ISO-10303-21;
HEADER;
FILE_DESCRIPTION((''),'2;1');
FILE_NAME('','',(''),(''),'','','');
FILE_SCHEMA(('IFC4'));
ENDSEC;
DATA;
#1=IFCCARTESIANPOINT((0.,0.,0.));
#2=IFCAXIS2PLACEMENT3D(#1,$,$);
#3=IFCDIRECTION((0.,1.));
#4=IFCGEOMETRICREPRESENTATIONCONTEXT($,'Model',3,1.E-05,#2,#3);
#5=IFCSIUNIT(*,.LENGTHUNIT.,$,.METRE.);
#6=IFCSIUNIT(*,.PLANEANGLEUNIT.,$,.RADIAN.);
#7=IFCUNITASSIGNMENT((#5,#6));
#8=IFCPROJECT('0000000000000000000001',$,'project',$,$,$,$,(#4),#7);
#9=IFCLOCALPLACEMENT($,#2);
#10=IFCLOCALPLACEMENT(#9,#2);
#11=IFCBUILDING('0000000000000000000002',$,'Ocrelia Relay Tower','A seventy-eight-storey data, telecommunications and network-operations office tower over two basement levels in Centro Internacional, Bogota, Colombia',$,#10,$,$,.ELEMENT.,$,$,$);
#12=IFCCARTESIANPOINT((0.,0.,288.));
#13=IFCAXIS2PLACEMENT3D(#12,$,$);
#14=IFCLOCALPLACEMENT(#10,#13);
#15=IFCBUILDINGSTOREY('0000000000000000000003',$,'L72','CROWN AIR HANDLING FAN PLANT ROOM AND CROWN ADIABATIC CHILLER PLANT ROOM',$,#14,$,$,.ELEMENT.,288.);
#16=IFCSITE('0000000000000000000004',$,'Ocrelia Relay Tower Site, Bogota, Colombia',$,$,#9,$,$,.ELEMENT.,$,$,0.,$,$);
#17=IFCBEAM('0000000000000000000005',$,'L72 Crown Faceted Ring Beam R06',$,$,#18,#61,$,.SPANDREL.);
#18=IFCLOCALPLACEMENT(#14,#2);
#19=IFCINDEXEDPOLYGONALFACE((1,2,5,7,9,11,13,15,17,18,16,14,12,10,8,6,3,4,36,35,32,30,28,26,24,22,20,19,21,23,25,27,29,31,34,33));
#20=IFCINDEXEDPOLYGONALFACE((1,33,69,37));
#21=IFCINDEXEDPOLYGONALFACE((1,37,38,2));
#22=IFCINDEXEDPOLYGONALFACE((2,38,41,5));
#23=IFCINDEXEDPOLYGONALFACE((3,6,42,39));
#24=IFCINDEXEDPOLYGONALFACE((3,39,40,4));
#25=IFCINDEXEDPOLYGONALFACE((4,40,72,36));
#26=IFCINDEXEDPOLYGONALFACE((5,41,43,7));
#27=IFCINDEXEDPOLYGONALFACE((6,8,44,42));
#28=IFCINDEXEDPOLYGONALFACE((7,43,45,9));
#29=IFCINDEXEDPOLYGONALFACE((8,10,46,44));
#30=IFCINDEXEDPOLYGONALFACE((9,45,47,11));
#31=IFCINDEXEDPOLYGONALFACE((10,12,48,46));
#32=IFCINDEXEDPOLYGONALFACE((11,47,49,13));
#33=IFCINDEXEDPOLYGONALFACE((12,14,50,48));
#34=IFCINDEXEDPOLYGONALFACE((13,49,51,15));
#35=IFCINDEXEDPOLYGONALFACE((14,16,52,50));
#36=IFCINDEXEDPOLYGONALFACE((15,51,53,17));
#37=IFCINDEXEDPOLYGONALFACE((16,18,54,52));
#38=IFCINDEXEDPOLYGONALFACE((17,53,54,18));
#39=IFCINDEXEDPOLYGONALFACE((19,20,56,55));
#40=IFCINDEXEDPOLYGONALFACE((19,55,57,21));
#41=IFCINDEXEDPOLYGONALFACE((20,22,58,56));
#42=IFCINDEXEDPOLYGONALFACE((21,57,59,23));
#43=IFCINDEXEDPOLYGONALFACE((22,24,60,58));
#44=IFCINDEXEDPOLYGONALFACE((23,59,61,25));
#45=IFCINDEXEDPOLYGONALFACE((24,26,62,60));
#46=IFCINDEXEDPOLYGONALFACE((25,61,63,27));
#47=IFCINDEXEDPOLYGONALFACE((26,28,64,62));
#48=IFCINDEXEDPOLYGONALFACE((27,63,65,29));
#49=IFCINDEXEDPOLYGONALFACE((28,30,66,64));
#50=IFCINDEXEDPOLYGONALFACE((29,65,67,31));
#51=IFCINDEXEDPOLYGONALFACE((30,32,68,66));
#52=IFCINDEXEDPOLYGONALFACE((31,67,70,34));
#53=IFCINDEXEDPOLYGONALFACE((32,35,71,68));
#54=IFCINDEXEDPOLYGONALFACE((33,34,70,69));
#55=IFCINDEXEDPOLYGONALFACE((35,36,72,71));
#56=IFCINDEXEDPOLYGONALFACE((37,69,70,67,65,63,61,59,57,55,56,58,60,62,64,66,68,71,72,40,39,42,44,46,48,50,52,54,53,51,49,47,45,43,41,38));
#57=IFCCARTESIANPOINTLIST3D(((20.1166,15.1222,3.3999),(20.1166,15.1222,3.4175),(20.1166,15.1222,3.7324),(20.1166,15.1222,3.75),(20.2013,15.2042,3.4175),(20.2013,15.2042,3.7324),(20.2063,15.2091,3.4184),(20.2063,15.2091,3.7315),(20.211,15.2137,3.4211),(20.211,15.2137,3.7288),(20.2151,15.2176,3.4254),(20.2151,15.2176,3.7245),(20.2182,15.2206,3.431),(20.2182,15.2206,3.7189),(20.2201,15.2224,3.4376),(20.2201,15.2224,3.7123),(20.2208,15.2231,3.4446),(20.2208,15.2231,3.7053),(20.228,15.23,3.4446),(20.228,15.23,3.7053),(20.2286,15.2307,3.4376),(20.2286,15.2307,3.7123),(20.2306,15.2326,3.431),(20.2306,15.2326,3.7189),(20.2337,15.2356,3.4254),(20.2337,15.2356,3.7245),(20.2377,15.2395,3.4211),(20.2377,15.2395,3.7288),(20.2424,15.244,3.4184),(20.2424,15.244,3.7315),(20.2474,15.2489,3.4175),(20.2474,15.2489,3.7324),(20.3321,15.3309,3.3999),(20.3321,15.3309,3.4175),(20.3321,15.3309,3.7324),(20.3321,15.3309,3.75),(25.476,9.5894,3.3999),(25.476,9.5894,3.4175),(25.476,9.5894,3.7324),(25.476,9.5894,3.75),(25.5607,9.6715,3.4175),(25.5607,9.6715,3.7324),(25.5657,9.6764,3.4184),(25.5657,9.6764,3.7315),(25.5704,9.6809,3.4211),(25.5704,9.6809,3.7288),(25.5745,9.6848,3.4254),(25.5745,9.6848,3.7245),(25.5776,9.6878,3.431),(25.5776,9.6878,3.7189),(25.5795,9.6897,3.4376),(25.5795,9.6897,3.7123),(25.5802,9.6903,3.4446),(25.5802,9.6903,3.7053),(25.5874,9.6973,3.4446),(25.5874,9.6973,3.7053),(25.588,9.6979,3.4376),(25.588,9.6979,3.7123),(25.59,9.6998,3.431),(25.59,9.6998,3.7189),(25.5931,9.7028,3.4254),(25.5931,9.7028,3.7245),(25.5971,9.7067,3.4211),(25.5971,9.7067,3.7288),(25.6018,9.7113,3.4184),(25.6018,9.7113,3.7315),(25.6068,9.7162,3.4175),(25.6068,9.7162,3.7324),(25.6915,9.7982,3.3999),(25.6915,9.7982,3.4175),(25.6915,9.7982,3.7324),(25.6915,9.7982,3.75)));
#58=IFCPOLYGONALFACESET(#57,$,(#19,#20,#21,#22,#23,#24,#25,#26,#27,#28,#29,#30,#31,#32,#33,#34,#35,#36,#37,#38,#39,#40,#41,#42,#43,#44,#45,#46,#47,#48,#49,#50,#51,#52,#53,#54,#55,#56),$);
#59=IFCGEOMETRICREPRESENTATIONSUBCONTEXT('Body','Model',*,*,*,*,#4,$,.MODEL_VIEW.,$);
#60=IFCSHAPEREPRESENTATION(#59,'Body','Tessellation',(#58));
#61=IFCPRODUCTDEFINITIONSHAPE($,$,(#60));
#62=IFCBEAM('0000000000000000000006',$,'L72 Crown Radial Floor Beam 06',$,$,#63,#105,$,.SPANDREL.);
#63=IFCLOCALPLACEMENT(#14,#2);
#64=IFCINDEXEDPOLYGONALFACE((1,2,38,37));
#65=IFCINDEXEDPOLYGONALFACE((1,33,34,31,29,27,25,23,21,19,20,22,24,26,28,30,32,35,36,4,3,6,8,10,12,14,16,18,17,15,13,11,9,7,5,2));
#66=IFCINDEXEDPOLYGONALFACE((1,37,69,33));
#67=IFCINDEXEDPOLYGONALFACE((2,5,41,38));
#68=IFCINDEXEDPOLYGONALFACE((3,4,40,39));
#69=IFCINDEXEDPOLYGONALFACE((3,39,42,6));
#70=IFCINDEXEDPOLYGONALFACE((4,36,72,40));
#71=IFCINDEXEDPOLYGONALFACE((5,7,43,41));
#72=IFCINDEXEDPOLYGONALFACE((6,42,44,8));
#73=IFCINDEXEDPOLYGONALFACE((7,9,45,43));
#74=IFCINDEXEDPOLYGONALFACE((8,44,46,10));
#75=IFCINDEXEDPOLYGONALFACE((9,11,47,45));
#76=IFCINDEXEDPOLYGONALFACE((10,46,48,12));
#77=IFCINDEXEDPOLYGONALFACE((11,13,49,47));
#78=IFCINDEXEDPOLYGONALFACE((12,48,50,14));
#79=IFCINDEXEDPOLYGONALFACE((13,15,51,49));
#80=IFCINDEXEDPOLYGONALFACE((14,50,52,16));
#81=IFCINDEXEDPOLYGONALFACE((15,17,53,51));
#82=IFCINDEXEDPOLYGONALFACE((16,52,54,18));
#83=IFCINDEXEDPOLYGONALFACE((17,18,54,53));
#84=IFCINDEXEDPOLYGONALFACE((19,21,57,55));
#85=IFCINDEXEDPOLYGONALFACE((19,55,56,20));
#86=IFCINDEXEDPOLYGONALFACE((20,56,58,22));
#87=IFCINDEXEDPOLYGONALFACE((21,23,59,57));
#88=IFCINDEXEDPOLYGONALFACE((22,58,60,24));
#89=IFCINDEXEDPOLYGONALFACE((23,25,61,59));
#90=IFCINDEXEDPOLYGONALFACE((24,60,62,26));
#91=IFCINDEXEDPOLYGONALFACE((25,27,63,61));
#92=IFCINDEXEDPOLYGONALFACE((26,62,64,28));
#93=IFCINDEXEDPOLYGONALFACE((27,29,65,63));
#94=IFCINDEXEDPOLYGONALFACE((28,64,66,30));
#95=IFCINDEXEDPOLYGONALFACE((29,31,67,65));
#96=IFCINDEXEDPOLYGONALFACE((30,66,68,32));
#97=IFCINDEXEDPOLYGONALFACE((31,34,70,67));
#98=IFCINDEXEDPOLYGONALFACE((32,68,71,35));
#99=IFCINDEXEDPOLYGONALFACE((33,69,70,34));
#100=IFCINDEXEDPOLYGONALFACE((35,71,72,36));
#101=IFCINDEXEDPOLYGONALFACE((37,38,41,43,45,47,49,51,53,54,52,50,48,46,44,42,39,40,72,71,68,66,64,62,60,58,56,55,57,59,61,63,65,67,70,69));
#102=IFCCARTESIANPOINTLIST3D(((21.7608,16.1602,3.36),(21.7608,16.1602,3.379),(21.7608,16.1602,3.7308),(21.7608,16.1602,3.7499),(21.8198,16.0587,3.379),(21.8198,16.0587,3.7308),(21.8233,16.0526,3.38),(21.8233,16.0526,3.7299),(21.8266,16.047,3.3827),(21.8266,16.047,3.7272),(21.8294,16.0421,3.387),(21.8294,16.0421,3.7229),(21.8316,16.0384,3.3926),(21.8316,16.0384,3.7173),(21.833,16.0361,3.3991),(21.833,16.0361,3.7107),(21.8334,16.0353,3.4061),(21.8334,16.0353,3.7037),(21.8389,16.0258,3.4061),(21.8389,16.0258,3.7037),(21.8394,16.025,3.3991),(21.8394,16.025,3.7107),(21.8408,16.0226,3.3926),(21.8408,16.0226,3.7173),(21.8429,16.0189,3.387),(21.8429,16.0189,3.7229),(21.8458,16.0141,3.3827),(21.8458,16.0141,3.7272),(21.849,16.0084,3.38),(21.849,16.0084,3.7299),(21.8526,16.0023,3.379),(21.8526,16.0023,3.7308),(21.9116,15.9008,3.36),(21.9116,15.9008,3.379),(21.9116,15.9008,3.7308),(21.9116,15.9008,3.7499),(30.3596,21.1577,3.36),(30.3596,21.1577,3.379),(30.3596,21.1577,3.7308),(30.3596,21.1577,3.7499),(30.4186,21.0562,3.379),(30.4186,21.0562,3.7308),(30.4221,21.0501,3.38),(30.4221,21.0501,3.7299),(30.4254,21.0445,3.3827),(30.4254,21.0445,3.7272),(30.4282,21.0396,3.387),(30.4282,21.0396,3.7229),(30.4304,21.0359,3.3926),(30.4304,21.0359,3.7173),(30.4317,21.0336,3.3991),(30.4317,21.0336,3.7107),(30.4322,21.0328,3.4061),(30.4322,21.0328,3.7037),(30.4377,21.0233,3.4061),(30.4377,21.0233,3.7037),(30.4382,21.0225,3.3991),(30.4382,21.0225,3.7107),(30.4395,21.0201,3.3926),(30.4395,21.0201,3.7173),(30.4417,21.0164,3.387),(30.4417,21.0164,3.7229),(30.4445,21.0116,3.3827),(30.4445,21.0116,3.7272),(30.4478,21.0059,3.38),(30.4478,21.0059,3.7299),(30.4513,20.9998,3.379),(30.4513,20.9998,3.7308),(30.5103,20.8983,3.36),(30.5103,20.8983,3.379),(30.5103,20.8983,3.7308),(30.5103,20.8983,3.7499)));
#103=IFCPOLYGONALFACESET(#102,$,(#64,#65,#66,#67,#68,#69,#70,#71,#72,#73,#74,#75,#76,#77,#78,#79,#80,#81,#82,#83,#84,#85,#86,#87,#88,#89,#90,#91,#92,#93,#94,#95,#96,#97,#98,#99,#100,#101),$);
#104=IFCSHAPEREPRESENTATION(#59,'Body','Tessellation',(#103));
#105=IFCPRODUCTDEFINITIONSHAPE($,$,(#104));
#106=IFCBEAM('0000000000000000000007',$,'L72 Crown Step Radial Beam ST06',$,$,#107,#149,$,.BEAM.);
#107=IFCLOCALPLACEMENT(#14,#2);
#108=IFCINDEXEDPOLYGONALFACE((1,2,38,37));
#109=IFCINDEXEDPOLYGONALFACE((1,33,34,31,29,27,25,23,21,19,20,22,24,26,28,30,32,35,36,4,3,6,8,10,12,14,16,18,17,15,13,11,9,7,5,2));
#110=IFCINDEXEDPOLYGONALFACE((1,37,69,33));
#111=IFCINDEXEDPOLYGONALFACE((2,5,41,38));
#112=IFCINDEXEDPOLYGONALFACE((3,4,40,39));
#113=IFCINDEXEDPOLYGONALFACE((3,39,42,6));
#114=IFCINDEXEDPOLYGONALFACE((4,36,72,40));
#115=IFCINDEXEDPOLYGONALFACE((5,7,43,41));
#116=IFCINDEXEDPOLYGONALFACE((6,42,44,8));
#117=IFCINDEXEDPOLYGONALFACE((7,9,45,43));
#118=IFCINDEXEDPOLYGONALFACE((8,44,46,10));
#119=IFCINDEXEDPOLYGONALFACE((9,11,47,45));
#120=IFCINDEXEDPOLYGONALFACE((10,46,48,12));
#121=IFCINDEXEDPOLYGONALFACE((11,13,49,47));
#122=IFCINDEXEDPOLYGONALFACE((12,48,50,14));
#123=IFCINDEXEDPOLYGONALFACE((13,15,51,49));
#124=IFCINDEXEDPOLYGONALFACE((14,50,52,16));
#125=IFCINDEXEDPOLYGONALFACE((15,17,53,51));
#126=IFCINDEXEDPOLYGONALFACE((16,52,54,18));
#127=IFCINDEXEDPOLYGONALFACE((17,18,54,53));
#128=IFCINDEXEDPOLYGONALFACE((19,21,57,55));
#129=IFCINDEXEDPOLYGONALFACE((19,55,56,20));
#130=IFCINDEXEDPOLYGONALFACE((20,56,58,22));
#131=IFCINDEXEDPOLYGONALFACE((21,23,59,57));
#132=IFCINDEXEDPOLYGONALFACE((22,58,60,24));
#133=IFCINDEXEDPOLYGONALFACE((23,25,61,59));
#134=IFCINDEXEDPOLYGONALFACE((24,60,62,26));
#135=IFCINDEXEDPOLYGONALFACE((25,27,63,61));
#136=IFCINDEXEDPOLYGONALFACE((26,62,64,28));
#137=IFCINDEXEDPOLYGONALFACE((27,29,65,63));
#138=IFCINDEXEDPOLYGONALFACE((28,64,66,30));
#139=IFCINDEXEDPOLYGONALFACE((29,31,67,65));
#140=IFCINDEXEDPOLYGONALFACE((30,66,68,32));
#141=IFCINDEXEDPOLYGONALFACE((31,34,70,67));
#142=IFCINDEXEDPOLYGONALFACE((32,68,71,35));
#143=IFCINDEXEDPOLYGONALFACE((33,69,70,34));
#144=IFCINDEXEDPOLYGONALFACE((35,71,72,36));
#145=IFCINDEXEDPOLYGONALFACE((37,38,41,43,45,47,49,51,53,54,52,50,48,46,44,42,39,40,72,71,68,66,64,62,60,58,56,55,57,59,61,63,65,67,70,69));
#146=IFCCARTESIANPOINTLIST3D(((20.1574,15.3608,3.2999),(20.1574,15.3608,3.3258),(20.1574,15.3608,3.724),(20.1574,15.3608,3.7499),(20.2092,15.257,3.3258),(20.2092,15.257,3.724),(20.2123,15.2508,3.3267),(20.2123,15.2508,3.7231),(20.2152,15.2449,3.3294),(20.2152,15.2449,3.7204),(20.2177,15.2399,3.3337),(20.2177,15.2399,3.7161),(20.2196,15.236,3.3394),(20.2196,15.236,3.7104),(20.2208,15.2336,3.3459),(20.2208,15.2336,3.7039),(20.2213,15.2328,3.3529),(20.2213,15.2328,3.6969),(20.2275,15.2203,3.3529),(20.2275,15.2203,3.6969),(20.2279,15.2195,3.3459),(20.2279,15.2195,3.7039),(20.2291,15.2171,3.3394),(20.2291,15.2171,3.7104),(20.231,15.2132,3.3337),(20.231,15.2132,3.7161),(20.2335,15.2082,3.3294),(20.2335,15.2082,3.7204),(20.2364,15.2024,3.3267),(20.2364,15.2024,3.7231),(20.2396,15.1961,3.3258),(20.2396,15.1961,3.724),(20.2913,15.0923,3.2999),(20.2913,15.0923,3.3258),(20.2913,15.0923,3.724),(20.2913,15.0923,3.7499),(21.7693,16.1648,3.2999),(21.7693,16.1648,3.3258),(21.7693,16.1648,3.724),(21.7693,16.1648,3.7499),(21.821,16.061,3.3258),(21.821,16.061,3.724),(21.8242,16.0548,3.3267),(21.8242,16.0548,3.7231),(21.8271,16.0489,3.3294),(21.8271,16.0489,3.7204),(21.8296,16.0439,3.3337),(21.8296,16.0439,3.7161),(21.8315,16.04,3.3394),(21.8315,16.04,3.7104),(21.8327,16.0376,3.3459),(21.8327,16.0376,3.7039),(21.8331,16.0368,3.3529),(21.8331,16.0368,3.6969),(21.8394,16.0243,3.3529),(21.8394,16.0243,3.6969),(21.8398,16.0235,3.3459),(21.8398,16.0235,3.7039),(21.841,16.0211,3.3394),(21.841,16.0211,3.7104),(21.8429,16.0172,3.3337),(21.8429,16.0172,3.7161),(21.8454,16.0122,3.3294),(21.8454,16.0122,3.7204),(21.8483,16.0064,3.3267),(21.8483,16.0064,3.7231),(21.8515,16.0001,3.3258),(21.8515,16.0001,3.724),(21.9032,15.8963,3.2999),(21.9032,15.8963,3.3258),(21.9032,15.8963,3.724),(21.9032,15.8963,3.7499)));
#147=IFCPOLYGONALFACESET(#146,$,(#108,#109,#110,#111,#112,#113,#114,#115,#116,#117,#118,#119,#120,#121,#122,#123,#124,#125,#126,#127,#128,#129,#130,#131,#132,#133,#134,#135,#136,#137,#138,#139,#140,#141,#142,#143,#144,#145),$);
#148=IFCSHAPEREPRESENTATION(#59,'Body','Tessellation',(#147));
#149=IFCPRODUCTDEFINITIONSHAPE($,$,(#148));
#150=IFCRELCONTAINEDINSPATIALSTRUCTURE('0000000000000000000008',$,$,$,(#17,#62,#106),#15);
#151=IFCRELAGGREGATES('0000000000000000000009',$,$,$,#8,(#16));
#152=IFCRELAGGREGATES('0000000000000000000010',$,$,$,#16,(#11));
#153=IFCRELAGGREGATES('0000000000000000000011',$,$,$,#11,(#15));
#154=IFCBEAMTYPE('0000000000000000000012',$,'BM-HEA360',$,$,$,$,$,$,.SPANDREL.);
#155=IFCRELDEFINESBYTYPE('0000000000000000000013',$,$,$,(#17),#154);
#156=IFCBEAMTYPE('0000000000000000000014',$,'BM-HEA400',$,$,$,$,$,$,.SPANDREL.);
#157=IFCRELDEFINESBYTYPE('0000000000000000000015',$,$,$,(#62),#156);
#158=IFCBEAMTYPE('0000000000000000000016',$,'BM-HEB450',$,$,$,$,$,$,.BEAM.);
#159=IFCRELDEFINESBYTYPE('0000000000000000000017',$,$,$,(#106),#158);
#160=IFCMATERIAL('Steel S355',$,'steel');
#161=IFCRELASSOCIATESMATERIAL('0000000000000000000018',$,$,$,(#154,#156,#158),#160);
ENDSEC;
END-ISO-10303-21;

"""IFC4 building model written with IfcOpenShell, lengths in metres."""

from ifc_helpers import new_model, si_unit, direction, frame, origin, origin_2d, place, context, subcontext, project, spatial, i_section, extrude, material, material_profile, profile_set, type_object, element, save


model = new_model("IFC4")

# Units and contexts
model_context = context("Model", 3, precision=1e-05, world=origin(), true_north=direction((0.0, 1.0)))
body_context = subcontext(model_context, "Body", "Model", "MODEL_VIEW")
ifc_project = project(units=[si_unit("LENGTHUNIT", "METRE"), si_unit("PLANEANGLEUNIT", "RADIAN")], contexts=[model_context])

# Site, building, storey
site_placement = place(None, origin())
site = spatial("IfcSite", under=ifc_project, at=site_placement, Name="Ocrelia Relay Tower Site, Bogota, Colombia", CompositionType="ELEMENT", RefElevation=0.0)
building_placement = place(site_placement, origin())
building = spatial("IfcBuilding", under=site, at=building_placement, Name="Ocrelia Relay Tower", Description="A seventy-eight-storey data, telecommunications and network-operations office tower over two basement levels in Centro Internacional, Bogota, Colombia", CompositionType="ELEMENT")
storey_placement = place(building_placement, frame((0.0, 0.0, 288.0)))
storey = spatial("IfcBuildingStorey", under=building, at=storey_placement, Name="L72", Description="CROWN AIR HANDLING FAN PLANT ROOM AND CROWN ADIABATIC CHILLER PLANT ROOM", CompositionType="ELEMENT", Elevation=288.0)

# Beams
ifc_material_1 = material(Name="Steel S355", Category="steel")
ifc_material_profile_1 = material_profile(ifc_material_1, i_section(OverallWidth=0.3, OverallDepth=0.3501, WebThickness=0.01, FlangeThickness=0.0176, FilletRadius=0.0271, at=origin_2d()), Name="HEA 360")
ifc_profile_set_1 = profile_set([ifc_material_profile_1], Name="Steel S355")
beam_type_1 = type_object("IfcBeamType", Name="BM-HEA360", PredefinedType="SPANDREL", material=ifc_profile_set_1)
beam_1_placement = place(storey_placement, frame((20.2244, 15.2266, 3.575), z_axis=(0.695766, -0.718269, 0.0), x_axis=(0.718269, 0.695766, 0.0)))
element("IfcBeam", 1, at=beam_1_placement, inside=storey, type_object=beam_type_1, Name="L72 Crown Faceted Ring Beam R06", PredefinedType="SPANDREL", context=body_context, shape_type="SweptSolid", body=[
    extrude(i_section(OverallWidth=0.3, OverallDepth=0.3501, WebThickness=0.01, FlangeThickness=0.0176, FilletRadius=0.0271, at=origin_2d()), origin(), (0.0, 0.0, 1.0), 7.7029),
])
ifc_material_profile_2 = material_profile(ifc_material_1, i_section(OverallWidth=0.3, OverallDepth=0.3899, WebThickness=0.011, FlangeThickness=0.019, FilletRadius=0.0271, at=origin_2d()), Name="HEA 400")
ifc_profile_set_2 = profile_set([ifc_material_profile_2], Name="Steel S355")
beam_type_2 = type_object("IfcBeamType", Name="BM-HEA400", PredefinedType="SPANDREL", material=ifc_profile_set_2)
beam_2_placement = place(storey_placement, frame((21.8362, 16.0305, 3.5549), z_axis=(0.864585, 0.502486, 0.0), x_axis=(-0.502486, 0.864585, 0.0)))
element("IfcBeam", 2, at=beam_2_placement, inside=storey, type_object=beam_type_2, Name="L72 Crown Radial Floor Beam 06", PredefinedType="SPANDREL", context=body_context, shape_type="SweptSolid", body=[
    extrude(i_section(OverallWidth=0.3, OverallDepth=0.3899, WebThickness=0.011, FlangeThickness=0.019, FilletRadius=0.0271, at=origin_2d()), origin(), (0.0, 0.0, 1.0), 9.9456),
])
ifc_material_profile_3 = material_profile(ifc_material_1, i_section(OverallWidth=0.3, OverallDepth=0.45, WebThickness=0.0139, FlangeThickness=0.0259, FilletRadius=0.0271, at=origin_2d()), Name="HEB 450")
ifc_profile_set_3 = profile_set([ifc_material_profile_3], Name="Steel S355")
beam_type_3 = type_object("IfcBeamType", Name="BM-HEB450", PredefinedType="BEAM", material=ifc_profile_set_3)
beam_3_placement = place(storey_placement, frame((20.2244, 15.2266, 3.5249), z_axis=(0.894861, 0.446346, 0.0), x_axis=(-0.446346, 0.894861, 0.0)))
element("IfcBeam", 3, at=beam_3_placement, inside=storey, type_object=beam_type_3, Name="L72 Crown Step Radial Beam ST06", PredefinedType="BEAM", context=body_context, shape_type="SweptSolid", body=[
    extrude(i_section(OverallWidth=0.3, OverallDepth=0.45, WebThickness=0.0139, FlangeThickness=0.0259, FilletRadius=0.0271, at=origin_2d()), origin(), (0.0, 0.0, 1.0), 1.8013),
])

save(model, "model.ifc")
